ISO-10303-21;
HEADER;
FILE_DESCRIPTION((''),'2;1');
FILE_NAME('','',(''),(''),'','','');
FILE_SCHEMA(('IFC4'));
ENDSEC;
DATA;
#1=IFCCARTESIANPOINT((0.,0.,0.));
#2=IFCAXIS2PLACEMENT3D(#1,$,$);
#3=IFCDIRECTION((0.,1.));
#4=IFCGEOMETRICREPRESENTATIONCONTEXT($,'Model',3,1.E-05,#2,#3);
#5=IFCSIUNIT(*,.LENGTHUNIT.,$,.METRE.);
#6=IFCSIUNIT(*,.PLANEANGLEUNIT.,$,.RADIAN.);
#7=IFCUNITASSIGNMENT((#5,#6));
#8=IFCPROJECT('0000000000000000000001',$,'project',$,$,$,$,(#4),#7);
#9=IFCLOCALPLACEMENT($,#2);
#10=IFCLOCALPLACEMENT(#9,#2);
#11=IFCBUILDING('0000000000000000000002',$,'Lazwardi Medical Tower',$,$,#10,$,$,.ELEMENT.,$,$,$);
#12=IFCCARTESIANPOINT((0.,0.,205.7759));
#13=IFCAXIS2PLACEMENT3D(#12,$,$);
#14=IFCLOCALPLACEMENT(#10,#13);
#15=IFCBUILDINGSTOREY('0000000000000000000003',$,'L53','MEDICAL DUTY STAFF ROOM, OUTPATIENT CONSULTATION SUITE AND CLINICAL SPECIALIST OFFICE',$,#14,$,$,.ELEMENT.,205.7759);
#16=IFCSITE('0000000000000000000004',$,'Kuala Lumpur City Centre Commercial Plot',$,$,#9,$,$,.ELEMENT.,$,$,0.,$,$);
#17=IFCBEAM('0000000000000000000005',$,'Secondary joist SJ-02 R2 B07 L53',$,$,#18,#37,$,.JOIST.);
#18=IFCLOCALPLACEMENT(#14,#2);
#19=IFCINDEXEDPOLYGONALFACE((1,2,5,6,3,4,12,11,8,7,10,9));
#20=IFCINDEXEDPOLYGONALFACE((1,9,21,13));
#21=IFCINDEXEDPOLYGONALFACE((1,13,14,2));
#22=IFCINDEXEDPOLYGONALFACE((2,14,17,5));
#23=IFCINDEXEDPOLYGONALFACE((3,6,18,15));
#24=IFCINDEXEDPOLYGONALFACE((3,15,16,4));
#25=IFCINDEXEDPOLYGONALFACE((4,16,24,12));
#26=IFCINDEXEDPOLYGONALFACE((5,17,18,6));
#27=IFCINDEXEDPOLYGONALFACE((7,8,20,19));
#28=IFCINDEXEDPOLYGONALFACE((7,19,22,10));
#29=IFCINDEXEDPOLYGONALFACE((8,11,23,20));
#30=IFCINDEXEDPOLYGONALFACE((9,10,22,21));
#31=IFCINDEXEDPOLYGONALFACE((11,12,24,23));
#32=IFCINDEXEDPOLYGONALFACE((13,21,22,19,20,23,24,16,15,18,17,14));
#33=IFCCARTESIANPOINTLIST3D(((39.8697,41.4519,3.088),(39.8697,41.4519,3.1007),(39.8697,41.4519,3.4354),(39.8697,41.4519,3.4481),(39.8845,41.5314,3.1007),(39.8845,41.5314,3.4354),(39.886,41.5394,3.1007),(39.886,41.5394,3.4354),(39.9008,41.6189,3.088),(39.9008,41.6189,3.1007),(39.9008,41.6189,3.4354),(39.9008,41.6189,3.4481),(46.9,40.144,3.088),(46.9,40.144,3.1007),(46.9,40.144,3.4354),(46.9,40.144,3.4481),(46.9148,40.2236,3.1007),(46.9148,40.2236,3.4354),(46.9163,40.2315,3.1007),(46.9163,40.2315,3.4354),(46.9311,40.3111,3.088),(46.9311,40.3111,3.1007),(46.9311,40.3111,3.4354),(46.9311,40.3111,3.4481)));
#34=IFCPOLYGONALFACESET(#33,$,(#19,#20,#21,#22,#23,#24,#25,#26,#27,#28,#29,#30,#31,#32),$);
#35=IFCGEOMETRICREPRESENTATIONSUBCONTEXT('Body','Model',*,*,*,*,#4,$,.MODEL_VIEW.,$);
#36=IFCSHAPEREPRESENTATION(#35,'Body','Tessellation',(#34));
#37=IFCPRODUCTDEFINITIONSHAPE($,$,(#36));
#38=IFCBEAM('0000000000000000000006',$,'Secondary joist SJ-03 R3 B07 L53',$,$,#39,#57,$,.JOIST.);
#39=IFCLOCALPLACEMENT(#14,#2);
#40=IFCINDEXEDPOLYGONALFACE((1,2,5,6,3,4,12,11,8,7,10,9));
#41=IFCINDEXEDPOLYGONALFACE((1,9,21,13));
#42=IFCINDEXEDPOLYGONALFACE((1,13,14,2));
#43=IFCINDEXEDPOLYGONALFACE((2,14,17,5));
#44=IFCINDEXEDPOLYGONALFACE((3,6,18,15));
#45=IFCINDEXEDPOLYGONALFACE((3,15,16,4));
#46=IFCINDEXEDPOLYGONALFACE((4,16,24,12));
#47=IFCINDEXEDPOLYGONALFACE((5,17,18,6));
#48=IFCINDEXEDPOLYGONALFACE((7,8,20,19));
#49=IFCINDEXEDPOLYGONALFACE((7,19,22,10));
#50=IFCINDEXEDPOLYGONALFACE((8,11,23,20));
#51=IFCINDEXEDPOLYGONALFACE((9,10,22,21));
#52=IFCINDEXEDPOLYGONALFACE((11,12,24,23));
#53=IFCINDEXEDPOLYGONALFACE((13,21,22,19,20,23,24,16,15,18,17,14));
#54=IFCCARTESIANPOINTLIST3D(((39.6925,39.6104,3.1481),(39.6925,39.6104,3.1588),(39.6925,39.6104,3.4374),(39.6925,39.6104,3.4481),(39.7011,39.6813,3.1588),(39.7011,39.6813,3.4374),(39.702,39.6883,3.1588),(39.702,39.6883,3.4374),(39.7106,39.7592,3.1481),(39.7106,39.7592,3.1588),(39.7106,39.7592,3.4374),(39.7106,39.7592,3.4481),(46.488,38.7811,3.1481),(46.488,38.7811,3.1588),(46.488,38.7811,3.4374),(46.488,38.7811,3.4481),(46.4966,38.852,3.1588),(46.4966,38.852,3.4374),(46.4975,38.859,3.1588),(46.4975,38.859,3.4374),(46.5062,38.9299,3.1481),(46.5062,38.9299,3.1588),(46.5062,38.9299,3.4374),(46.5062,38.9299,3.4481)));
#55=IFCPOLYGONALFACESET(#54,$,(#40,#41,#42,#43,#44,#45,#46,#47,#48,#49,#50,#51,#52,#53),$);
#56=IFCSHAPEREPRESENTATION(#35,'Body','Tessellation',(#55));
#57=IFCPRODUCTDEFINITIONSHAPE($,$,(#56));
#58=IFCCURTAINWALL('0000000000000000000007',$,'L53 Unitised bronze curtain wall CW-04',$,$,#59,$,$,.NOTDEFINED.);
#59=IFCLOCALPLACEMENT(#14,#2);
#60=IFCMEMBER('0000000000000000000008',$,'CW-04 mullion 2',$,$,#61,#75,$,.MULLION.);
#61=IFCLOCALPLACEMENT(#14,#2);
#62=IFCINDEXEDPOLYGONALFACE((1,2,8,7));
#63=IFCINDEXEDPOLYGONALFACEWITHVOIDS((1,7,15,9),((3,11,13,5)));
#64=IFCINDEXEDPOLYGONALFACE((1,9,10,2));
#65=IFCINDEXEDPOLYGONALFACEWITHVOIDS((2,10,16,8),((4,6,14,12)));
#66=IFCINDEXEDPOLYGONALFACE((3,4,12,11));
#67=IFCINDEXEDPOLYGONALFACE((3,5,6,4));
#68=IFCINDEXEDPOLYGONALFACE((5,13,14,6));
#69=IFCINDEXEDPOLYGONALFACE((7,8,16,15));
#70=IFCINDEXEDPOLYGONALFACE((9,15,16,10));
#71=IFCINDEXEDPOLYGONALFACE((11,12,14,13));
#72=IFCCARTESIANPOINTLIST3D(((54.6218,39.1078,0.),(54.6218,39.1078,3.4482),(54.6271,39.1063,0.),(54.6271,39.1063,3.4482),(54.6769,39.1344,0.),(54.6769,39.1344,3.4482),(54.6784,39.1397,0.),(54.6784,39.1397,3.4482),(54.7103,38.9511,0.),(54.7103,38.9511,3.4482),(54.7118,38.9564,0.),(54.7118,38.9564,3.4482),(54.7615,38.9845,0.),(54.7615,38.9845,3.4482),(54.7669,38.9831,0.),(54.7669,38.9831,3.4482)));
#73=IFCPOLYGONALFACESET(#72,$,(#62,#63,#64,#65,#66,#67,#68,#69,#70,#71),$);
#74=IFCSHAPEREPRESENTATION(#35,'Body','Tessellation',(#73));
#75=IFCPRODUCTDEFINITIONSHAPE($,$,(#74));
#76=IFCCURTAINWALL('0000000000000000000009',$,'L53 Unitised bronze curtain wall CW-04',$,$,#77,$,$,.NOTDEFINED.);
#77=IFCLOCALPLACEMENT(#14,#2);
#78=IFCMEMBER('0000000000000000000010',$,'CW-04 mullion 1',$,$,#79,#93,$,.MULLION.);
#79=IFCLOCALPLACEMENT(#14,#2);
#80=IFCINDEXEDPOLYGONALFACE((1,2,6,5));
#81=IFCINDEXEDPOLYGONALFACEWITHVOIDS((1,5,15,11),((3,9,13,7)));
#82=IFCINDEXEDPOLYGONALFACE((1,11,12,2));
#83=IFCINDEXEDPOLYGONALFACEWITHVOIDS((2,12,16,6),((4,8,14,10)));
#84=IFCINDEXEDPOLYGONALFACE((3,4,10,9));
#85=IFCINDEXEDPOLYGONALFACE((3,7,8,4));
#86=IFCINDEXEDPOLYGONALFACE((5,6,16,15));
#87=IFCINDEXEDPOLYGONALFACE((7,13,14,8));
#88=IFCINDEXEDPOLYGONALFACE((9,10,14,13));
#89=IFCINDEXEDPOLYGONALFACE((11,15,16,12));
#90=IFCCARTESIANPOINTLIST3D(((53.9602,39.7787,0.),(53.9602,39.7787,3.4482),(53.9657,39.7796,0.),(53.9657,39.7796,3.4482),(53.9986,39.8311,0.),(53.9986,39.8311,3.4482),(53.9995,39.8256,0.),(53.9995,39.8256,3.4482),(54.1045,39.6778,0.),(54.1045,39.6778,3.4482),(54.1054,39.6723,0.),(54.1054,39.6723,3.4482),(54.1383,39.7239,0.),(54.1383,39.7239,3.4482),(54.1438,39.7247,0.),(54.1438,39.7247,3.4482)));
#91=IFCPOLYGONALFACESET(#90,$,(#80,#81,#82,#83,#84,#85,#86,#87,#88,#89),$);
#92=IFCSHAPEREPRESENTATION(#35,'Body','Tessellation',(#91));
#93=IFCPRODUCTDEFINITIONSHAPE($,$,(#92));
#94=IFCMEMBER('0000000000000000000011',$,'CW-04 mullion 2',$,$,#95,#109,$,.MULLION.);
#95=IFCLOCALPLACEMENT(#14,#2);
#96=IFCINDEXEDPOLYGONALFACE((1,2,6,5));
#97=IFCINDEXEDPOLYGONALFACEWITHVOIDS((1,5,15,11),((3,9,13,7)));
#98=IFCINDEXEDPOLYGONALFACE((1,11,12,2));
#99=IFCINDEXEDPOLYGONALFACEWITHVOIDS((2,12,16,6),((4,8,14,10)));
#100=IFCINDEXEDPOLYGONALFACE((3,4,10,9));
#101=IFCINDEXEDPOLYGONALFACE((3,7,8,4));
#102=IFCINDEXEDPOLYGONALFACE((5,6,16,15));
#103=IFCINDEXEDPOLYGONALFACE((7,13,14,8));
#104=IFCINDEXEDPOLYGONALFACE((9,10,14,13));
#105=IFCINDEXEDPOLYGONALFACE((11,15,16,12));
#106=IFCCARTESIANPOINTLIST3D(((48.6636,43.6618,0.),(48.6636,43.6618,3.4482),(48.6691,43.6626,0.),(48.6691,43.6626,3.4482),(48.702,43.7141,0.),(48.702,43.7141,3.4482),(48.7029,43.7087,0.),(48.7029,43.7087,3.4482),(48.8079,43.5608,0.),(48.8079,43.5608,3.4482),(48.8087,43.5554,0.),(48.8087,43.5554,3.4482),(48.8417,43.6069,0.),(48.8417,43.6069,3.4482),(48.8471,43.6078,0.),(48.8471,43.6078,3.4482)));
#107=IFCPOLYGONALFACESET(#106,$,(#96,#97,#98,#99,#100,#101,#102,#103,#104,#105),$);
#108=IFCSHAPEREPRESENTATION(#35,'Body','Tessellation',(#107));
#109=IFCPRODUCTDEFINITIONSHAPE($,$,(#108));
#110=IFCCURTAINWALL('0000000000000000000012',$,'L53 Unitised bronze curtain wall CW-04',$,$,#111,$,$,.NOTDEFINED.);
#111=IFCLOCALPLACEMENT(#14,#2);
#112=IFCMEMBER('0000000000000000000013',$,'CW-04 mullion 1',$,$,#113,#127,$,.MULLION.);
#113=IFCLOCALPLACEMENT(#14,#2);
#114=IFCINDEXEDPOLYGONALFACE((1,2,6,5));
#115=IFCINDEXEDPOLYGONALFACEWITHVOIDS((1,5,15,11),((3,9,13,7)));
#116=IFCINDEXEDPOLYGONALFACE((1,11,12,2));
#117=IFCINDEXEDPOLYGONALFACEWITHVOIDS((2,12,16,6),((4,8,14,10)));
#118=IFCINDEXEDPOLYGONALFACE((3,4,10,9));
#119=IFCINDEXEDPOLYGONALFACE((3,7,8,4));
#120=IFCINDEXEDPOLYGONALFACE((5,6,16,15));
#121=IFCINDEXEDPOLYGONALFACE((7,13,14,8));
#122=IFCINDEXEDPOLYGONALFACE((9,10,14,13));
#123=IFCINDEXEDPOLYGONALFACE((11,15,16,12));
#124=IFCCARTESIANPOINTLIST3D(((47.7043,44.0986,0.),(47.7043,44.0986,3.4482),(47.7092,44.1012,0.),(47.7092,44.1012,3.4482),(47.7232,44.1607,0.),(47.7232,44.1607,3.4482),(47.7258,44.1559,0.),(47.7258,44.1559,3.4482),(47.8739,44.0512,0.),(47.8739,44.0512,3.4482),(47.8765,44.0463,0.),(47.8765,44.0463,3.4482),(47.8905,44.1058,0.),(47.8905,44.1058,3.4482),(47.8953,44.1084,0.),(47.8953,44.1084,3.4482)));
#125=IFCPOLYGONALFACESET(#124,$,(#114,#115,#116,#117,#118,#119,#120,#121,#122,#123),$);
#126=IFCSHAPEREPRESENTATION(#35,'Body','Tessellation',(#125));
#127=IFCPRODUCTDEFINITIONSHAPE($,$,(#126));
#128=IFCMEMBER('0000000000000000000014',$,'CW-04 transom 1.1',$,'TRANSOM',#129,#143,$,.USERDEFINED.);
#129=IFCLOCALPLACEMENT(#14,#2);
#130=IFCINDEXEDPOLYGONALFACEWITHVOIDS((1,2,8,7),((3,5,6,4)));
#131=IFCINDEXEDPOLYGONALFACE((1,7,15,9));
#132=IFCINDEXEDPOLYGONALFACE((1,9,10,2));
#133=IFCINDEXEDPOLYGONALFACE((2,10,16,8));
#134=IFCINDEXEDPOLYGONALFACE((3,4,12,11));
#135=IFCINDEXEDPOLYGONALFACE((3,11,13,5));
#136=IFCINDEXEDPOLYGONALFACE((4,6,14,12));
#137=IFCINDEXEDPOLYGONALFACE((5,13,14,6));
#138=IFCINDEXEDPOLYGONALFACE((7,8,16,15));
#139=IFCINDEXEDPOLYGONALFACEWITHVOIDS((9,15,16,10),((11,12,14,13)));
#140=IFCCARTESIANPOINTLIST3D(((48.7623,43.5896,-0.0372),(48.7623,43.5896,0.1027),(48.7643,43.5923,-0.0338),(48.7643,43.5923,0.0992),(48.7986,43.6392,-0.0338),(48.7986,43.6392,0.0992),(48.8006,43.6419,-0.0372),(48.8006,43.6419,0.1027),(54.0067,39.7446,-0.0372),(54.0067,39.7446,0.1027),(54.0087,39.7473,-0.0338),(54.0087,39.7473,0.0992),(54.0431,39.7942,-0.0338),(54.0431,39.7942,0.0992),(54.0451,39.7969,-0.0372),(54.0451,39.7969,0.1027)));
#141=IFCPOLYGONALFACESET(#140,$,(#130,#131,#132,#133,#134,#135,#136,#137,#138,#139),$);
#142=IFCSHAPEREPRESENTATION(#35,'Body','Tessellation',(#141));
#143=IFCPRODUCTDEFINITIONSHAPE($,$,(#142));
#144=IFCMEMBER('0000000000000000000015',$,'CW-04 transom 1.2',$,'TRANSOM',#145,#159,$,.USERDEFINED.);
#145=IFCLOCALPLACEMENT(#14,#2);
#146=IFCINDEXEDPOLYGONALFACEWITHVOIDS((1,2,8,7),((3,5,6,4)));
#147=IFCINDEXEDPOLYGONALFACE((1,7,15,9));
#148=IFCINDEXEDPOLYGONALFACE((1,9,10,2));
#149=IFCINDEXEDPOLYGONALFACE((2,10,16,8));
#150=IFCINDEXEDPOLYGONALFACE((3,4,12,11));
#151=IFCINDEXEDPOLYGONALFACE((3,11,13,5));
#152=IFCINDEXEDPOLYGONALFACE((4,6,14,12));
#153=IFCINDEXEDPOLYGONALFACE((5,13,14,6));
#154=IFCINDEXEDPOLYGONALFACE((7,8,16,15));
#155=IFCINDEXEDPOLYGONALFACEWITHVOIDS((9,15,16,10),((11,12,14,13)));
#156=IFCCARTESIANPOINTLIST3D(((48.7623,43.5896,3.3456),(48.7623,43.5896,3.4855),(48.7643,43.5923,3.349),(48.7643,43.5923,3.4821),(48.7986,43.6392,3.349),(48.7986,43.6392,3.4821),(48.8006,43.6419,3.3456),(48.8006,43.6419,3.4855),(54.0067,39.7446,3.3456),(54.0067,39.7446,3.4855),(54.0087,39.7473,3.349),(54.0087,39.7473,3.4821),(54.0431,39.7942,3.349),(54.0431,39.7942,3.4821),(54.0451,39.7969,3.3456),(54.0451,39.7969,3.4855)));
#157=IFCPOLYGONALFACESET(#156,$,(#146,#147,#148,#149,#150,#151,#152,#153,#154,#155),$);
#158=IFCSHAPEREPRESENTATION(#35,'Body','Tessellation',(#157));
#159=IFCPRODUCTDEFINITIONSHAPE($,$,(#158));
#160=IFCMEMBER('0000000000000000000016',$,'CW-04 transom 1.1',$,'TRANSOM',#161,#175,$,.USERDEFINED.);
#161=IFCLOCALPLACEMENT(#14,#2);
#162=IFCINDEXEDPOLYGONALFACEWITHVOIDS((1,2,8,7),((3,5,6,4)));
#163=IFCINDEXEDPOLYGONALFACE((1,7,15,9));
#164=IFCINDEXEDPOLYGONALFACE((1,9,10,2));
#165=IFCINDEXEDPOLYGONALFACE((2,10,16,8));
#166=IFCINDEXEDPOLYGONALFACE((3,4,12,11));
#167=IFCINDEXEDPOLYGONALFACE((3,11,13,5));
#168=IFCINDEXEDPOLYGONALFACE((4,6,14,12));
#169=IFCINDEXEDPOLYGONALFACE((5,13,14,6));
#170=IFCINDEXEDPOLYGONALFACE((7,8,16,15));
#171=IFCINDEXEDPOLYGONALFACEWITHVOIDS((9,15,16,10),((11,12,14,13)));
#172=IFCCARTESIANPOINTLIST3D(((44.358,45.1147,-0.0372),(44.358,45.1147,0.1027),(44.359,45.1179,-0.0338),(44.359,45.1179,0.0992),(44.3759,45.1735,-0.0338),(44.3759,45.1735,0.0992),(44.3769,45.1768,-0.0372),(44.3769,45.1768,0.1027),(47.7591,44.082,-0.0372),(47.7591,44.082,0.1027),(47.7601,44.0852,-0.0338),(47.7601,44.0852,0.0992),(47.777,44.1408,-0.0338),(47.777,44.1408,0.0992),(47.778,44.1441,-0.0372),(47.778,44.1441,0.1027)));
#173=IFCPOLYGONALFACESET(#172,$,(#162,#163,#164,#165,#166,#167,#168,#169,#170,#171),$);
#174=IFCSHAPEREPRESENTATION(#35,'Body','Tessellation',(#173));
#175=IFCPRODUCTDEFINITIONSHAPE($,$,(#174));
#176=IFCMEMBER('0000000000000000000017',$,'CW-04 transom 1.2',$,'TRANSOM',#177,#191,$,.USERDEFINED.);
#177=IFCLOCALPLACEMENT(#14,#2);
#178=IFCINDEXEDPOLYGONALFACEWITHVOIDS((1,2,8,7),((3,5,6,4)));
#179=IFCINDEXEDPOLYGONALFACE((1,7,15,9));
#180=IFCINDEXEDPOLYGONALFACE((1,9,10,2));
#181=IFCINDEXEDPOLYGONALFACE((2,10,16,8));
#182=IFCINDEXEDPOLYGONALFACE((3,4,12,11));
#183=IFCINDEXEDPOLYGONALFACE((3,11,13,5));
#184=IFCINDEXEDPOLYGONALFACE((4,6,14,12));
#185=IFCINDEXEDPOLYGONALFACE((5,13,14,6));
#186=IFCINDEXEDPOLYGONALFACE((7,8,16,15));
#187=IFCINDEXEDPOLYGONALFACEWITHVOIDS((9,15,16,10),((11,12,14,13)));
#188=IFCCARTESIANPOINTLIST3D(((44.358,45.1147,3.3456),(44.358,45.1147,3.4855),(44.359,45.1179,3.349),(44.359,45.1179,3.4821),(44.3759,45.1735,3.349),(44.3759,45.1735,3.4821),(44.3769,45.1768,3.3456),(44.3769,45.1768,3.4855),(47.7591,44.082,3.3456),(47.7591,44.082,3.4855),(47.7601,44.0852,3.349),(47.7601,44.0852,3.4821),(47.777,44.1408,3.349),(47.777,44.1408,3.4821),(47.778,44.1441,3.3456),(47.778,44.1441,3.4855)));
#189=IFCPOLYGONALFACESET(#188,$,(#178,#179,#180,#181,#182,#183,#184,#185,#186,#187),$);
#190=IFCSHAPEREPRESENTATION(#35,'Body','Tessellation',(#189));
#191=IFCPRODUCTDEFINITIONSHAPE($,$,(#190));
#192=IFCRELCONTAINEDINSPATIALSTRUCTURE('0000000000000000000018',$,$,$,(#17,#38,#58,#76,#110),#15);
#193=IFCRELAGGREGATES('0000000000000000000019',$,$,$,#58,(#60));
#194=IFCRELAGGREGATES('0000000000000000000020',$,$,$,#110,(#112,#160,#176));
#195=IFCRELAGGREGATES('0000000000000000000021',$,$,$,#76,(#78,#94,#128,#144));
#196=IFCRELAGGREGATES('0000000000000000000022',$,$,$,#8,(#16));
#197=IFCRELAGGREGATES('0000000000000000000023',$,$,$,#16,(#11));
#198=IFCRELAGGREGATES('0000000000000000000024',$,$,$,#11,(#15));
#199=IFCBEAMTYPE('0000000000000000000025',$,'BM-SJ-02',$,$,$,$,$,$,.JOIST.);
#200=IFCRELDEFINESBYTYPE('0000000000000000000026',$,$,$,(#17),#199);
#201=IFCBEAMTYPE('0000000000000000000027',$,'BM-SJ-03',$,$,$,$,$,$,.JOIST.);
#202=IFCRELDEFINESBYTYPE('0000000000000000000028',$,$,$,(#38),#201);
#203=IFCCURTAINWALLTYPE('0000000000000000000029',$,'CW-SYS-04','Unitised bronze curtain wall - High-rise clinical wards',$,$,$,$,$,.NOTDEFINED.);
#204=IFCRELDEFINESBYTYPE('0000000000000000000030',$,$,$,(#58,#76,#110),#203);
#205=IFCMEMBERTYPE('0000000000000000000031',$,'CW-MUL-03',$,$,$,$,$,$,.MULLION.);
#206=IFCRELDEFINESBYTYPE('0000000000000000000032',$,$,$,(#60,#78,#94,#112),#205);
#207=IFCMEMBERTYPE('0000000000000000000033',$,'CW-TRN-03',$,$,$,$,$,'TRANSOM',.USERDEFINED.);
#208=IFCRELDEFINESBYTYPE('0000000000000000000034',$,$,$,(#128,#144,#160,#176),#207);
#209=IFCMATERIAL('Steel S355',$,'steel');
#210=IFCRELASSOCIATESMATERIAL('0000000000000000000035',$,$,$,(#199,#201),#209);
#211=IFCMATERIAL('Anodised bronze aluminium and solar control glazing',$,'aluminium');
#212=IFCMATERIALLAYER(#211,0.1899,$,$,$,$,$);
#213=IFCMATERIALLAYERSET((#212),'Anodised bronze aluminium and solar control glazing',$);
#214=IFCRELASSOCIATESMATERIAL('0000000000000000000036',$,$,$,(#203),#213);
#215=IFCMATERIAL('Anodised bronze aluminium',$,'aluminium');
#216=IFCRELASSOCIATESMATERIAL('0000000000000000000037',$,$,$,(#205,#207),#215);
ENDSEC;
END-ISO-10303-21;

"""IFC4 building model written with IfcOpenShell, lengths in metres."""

from ifc_helpers import new_model, si_unit, direction, frame, origin, origin_2d, place, context, subcontext, project, spatial, hollow_rectangle, i_section, extrude, material, layer, layer_set, material_profile, profile_set, type_object, element, aggregate, save


model = new_model("IFC4")

# Units and contexts
model_context = context("Model", 3, precision=1e-05, world=origin(), true_north=direction((0.0, 1.0)))
body_context = subcontext(model_context, "Body", "Model", "MODEL_VIEW")
ifc_project = project(units=[si_unit("LENGTHUNIT", "METRE"), si_unit("PLANEANGLEUNIT", "RADIAN")], contexts=[model_context])

# Site, building, storey
site_placement = place(None, origin())
site = spatial("IfcSite", under=ifc_project, at=site_placement, Name="Kuala Lumpur City Centre Commercial Plot", CompositionType="ELEMENT", RefElevation=0.0)
building_placement = place(site_placement, origin())
building = spatial("IfcBuilding", under=site, at=building_placement, Name="Lazwardi Medical Tower", CompositionType="ELEMENT")
storey_placement = place(building_placement, frame((0.0, 0.0, 205.7759)))
storey = spatial("IfcBuildingStorey", under=building, at=storey_placement, Name="L53", Description="MEDICAL DUTY STAFF ROOM, OUTPATIENT CONSULTATION SUITE AND CLINICAL SPECIALIST OFFICE", CompositionType="ELEMENT", Elevation=205.7759)

# Beams
ifc_material_1 = material(Name="Steel S355", Category="steel")
ifc_material_profile_1 = material_profile(ifc_material_1, i_section(OverallWidth=0.1699, OverallDepth=0.3601, WebThickness=0.0081, FlangeThickness=0.0127, at=origin_2d()), Name="IPE 360")
ifc_profile_set_1 = profile_set([ifc_material_profile_1], Name="Steel S355")
beam_type_1 = type_object("IfcBeamType", Name="BM-SJ-02", PredefinedType="JOIST", material=ifc_profile_set_1)
beam_1_placement = place(storey_placement, frame((46.9155, 40.2275, 3.2681), z_axis=(-0.983132, 0.182895, 0.0), x_axis=(-0.182895, -0.983132, 0.0)))
element("IfcBeam", 1, at=beam_1_placement, inside=storey, type_object=beam_type_1, Name="Secondary joist SJ-02 R2 B07 L53", PredefinedType="JOIST", context=body_context, shape_type="SweptSolid", body=[
    extrude(i_section(OverallWidth=0.1699, OverallDepth=0.3601, WebThickness=0.0081, FlangeThickness=0.0127, at=origin_2d()), origin(), (0.0, 0.0, 1.0), 7.1509),
])
ifc_material_profile_2 = material_profile(ifc_material_1, i_section(OverallWidth=0.1499, OverallDepth=0.3, WebThickness=0.0071, FlangeThickness=0.0107, at=origin_2d()), Name="IPE 300")
ifc_profile_set_2 = profile_set([ifc_material_profile_2], Name="Steel S355")
beam_type_2 = type_object("IfcBeamType", Name="BM-SJ-03", PredefinedType="JOIST", material=ifc_profile_set_2)
beam_2_placement = place(storey_placement, frame((46.4971, 38.8555, 3.2981), z_axis=(-0.992635, 0.121146, 0.0), x_axis=(-0.121146, -0.992635, 0.0)))
element("IfcBeam", 2, at=beam_2_placement, inside=storey, type_object=beam_type_2, Name="Secondary joist SJ-03 R3 B07 L53", PredefinedType="JOIST", context=body_context, shape_type="SweptSolid", body=[
    extrude(i_section(OverallWidth=0.1499, OverallDepth=0.3, WebThickness=0.0071, FlangeThickness=0.0107, at=origin_2d()), origin(), (0.0, 0.0, 1.0), 6.8459),
])

# Curtain wall, member
ifc_material_2 = material(Name="Anodised bronze aluminium and solar control glazing", Category="aluminium")
ifc_layer_1 = layer(ifc_material_2, 0.1899)
ifc_layer_set_1 = layer_set([ifc_layer_1], Name="Anodised bronze aluminium and solar control glazing")
curtain_wall_type = type_object("IfcCurtainWallType", Name="CW-SYS-04", Description="Unitised bronze curtain wall - High-rise clinical wards", PredefinedType="NOTDEFINED", material=ifc_layer_set_1)
curtain_wall_1_placement = place(storey_placement, origin())
curtain_wall_1 = element("IfcCurtainWall", 3, at=curtain_wall_1_placement, inside=storey, type_object=curtain_wall_type, Name="L53 Unitised bronze curtain wall CW-04", PredefinedType="NOTDEFINED")
ifc_material_3 = material(Name="Anodised bronze aluminium", Category="aluminium")
ifc_material_profile_3 = material_profile(ifc_material_3, hollow_rectangle(XDim=0.0649, YDim=0.1799, WallThickness=0.0039, at=origin_2d()), Name="ALU-MULLION 180x65x4")
ifc_profile_set_3 = profile_set([ifc_material_profile_3], Name="Anodised bronze aluminium")
member_type_1 = type_object("IfcMemberType", Name="CW-MUL-03", PredefinedType="MULLION", material=ifc_profile_set_3)
member_1_placement = place(storey_placement, frame((54.6943, 39.0454, 0.0), z_axis=(0.0, 0.0, 1.0), x_axis=(-0.870651, -0.4919, 0.0)))
member_1 = element("IfcMember", 4, at=member_1_placement, type_object=member_type_1, Name="CW-04 mullion 2", PredefinedType="MULLION", context=body_context, shape_type="SweptSolid", body=[
    extrude(hollow_rectangle(XDim=0.0649, YDim=0.1799, WallThickness=0.0039, at=origin_2d()), origin(), (0.0, 0.0, 1.0), 3.4482),
])
aggregate(curtain_wall_1, [member_1])

# Curtain wall, members
curtain_wall_2_placement = place(storey_placement, origin())
curtain_wall_2 = element("IfcCurtainWall", 5, at=curtain_wall_2_placement, inside=storey, type_object=curtain_wall_type, Name="L53 Unitised bronze curtain wall CW-04", PredefinedType="NOTDEFINED")
member_2_placement = place(storey_placement, frame((54.052, 39.7517, 0.0), z_axis=(0.0, 0.0, 1.0), x_axis=(-0.591268, -0.806475, 0.0)))
member_2 = element("IfcMember", 6, at=member_2_placement, type_object=member_type_1, Name="CW-04 mullion 1", PredefinedType="MULLION", context=body_context, shape_type="SweptSolid", body=[
    extrude(hollow_rectangle(XDim=0.0649, YDim=0.1799, WallThickness=0.0039, at=origin_2d()), origin(), (0.0, 0.0, 1.0), 3.4482),
])
member_3_placement = place(storey_placement, frame((48.7554, 43.6348, 0.0), z_axis=(0.0, 0.0, 1.0), x_axis=(-0.591268, -0.806475, 0.0)))
member_3 = element("IfcMember", 7, at=member_3_placement, type_object=member_type_1, Name="CW-04 mullion 2", PredefinedType="MULLION", context=body_context, shape_type="SweptSolid", body=[
    extrude(hollow_rectangle(XDim=0.0649, YDim=0.1799, WallThickness=0.0039, at=origin_2d()), origin(), (0.0, 0.0, 1.0), 3.4482),
])

# Curtain wall, member
curtain_wall_3_placement = place(storey_placement, origin())
curtain_wall_3 = element("IfcCurtainWall", 8, at=curtain_wall_3_placement, inside=storey, type_object=curtain_wall_type, Name="L53 Unitised bronze curtain wall CW-04", PredefinedType="NOTDEFINED")
member_4_placement = place(storey_placement, frame((47.7998, 44.1035, 0.0), z_axis=(0.0, 0.0, 1.0), x_axis=(-0.290582, -0.95685, 0.0)))
member_4 = element("IfcMember", 9, at=member_4_placement, type_object=member_type_1, Name="CW-04 mullion 1", PredefinedType="MULLION", context=body_context, shape_type="SweptSolid", body=[
    extrude(hollow_rectangle(XDim=0.0649, YDim=0.1799, WallThickness=0.0039, at=origin_2d()), origin(), (0.0, 0.0, 1.0), 3.4482),
])

# Members
ifc_material_profile_4 = material_profile(ifc_material_3, hollow_rectangle(XDim=0.0649, YDim=0.1399, WallThickness=0.0034, at=origin_2d()), Name="ALU-TRANSOM 140x65x3.5")
ifc_profile_set_4 = profile_set([ifc_material_profile_4], Name="Anodised bronze aluminium")
member_type_2 = type_object("IfcMemberType", Name="CW-TRN-03", ElementType="TRANSOM", PredefinedType="USERDEFINED", material=ifc_profile_set_4)
member_5_placement = place(storey_placement, frame((54.0259, 39.7708, 0.0327), z_axis=(-0.806472, 0.591273, 0.0), x_axis=(-0.591273, -0.806472, 0.0)))
member_5 = element("IfcMember", 10, at=member_5_placement, type_object=member_type_2, Name="CW-04 transom 1.1", ObjectType="TRANSOM", PredefinedType="USERDEFINED", context=body_context, shape_type="SweptSolid", body=[
    extrude(hollow_rectangle(XDim=0.0649, YDim=0.1399, WallThickness=0.0034, at=origin_2d()), origin(), (0.0, 0.0, 1.0), 6.5029),
])
member_6_placement = place(storey_placement, frame((54.0259, 39.7708, 3.4155), z_axis=(-0.806472, 0.591273, 0.0), x_axis=(-0.591273, -0.806472, 0.0)))
member_6 = element("IfcMember", 11, at=member_6_placement, type_object=member_type_2, Name="CW-04 transom 1.2", ObjectType="TRANSOM", PredefinedType="USERDEFINED", context=body_context, shape_type="SweptSolid", body=[
    extrude(hollow_rectangle(XDim=0.0649, YDim=0.1399, WallThickness=0.0034, at=origin_2d()), origin(), (0.0, 0.0, 1.0), 6.5029),
])
member_7_placement = place(storey_placement, frame((47.7686, 44.113, 0.0327), z_axis=(-0.956863, 0.290541, 0.0), x_axis=(-0.290541, -0.956863, 0.0)))
member_7 = element("IfcMember", 12, at=member_7_placement, type_object=member_type_2, Name="CW-04 transom 1.1", ObjectType="TRANSOM", PredefinedType="USERDEFINED", context=body_context, shape_type="SweptSolid", body=[
    extrude(hollow_rectangle(XDim=0.0649, YDim=0.1399, WallThickness=0.0034, at=origin_2d()), origin(), (0.0, 0.0, 1.0), 3.5544),
])
member_8_placement = place(storey_placement, frame((47.7686, 44.113, 3.4155), z_axis=(-0.956863, 0.290541, 0.0), x_axis=(-0.290541, -0.956863, 0.0)))
member_8 = element("IfcMember", 13, at=member_8_placement, type_object=member_type_2, Name="CW-04 transom 1.2", ObjectType="TRANSOM", PredefinedType="USERDEFINED", context=body_context, shape_type="SweptSolid", body=[
    extrude(hollow_rectangle(XDim=0.0649, YDim=0.1399, WallThickness=0.0034, at=origin_2d()), origin(), (0.0, 0.0, 1.0), 3.5544),
])
aggregate(curtain_wall_3, [member_4, member_7, member_8])

aggregate(curtain_wall_2, [member_2, member_3, member_5, member_6])

save(model, "model.ifc")
